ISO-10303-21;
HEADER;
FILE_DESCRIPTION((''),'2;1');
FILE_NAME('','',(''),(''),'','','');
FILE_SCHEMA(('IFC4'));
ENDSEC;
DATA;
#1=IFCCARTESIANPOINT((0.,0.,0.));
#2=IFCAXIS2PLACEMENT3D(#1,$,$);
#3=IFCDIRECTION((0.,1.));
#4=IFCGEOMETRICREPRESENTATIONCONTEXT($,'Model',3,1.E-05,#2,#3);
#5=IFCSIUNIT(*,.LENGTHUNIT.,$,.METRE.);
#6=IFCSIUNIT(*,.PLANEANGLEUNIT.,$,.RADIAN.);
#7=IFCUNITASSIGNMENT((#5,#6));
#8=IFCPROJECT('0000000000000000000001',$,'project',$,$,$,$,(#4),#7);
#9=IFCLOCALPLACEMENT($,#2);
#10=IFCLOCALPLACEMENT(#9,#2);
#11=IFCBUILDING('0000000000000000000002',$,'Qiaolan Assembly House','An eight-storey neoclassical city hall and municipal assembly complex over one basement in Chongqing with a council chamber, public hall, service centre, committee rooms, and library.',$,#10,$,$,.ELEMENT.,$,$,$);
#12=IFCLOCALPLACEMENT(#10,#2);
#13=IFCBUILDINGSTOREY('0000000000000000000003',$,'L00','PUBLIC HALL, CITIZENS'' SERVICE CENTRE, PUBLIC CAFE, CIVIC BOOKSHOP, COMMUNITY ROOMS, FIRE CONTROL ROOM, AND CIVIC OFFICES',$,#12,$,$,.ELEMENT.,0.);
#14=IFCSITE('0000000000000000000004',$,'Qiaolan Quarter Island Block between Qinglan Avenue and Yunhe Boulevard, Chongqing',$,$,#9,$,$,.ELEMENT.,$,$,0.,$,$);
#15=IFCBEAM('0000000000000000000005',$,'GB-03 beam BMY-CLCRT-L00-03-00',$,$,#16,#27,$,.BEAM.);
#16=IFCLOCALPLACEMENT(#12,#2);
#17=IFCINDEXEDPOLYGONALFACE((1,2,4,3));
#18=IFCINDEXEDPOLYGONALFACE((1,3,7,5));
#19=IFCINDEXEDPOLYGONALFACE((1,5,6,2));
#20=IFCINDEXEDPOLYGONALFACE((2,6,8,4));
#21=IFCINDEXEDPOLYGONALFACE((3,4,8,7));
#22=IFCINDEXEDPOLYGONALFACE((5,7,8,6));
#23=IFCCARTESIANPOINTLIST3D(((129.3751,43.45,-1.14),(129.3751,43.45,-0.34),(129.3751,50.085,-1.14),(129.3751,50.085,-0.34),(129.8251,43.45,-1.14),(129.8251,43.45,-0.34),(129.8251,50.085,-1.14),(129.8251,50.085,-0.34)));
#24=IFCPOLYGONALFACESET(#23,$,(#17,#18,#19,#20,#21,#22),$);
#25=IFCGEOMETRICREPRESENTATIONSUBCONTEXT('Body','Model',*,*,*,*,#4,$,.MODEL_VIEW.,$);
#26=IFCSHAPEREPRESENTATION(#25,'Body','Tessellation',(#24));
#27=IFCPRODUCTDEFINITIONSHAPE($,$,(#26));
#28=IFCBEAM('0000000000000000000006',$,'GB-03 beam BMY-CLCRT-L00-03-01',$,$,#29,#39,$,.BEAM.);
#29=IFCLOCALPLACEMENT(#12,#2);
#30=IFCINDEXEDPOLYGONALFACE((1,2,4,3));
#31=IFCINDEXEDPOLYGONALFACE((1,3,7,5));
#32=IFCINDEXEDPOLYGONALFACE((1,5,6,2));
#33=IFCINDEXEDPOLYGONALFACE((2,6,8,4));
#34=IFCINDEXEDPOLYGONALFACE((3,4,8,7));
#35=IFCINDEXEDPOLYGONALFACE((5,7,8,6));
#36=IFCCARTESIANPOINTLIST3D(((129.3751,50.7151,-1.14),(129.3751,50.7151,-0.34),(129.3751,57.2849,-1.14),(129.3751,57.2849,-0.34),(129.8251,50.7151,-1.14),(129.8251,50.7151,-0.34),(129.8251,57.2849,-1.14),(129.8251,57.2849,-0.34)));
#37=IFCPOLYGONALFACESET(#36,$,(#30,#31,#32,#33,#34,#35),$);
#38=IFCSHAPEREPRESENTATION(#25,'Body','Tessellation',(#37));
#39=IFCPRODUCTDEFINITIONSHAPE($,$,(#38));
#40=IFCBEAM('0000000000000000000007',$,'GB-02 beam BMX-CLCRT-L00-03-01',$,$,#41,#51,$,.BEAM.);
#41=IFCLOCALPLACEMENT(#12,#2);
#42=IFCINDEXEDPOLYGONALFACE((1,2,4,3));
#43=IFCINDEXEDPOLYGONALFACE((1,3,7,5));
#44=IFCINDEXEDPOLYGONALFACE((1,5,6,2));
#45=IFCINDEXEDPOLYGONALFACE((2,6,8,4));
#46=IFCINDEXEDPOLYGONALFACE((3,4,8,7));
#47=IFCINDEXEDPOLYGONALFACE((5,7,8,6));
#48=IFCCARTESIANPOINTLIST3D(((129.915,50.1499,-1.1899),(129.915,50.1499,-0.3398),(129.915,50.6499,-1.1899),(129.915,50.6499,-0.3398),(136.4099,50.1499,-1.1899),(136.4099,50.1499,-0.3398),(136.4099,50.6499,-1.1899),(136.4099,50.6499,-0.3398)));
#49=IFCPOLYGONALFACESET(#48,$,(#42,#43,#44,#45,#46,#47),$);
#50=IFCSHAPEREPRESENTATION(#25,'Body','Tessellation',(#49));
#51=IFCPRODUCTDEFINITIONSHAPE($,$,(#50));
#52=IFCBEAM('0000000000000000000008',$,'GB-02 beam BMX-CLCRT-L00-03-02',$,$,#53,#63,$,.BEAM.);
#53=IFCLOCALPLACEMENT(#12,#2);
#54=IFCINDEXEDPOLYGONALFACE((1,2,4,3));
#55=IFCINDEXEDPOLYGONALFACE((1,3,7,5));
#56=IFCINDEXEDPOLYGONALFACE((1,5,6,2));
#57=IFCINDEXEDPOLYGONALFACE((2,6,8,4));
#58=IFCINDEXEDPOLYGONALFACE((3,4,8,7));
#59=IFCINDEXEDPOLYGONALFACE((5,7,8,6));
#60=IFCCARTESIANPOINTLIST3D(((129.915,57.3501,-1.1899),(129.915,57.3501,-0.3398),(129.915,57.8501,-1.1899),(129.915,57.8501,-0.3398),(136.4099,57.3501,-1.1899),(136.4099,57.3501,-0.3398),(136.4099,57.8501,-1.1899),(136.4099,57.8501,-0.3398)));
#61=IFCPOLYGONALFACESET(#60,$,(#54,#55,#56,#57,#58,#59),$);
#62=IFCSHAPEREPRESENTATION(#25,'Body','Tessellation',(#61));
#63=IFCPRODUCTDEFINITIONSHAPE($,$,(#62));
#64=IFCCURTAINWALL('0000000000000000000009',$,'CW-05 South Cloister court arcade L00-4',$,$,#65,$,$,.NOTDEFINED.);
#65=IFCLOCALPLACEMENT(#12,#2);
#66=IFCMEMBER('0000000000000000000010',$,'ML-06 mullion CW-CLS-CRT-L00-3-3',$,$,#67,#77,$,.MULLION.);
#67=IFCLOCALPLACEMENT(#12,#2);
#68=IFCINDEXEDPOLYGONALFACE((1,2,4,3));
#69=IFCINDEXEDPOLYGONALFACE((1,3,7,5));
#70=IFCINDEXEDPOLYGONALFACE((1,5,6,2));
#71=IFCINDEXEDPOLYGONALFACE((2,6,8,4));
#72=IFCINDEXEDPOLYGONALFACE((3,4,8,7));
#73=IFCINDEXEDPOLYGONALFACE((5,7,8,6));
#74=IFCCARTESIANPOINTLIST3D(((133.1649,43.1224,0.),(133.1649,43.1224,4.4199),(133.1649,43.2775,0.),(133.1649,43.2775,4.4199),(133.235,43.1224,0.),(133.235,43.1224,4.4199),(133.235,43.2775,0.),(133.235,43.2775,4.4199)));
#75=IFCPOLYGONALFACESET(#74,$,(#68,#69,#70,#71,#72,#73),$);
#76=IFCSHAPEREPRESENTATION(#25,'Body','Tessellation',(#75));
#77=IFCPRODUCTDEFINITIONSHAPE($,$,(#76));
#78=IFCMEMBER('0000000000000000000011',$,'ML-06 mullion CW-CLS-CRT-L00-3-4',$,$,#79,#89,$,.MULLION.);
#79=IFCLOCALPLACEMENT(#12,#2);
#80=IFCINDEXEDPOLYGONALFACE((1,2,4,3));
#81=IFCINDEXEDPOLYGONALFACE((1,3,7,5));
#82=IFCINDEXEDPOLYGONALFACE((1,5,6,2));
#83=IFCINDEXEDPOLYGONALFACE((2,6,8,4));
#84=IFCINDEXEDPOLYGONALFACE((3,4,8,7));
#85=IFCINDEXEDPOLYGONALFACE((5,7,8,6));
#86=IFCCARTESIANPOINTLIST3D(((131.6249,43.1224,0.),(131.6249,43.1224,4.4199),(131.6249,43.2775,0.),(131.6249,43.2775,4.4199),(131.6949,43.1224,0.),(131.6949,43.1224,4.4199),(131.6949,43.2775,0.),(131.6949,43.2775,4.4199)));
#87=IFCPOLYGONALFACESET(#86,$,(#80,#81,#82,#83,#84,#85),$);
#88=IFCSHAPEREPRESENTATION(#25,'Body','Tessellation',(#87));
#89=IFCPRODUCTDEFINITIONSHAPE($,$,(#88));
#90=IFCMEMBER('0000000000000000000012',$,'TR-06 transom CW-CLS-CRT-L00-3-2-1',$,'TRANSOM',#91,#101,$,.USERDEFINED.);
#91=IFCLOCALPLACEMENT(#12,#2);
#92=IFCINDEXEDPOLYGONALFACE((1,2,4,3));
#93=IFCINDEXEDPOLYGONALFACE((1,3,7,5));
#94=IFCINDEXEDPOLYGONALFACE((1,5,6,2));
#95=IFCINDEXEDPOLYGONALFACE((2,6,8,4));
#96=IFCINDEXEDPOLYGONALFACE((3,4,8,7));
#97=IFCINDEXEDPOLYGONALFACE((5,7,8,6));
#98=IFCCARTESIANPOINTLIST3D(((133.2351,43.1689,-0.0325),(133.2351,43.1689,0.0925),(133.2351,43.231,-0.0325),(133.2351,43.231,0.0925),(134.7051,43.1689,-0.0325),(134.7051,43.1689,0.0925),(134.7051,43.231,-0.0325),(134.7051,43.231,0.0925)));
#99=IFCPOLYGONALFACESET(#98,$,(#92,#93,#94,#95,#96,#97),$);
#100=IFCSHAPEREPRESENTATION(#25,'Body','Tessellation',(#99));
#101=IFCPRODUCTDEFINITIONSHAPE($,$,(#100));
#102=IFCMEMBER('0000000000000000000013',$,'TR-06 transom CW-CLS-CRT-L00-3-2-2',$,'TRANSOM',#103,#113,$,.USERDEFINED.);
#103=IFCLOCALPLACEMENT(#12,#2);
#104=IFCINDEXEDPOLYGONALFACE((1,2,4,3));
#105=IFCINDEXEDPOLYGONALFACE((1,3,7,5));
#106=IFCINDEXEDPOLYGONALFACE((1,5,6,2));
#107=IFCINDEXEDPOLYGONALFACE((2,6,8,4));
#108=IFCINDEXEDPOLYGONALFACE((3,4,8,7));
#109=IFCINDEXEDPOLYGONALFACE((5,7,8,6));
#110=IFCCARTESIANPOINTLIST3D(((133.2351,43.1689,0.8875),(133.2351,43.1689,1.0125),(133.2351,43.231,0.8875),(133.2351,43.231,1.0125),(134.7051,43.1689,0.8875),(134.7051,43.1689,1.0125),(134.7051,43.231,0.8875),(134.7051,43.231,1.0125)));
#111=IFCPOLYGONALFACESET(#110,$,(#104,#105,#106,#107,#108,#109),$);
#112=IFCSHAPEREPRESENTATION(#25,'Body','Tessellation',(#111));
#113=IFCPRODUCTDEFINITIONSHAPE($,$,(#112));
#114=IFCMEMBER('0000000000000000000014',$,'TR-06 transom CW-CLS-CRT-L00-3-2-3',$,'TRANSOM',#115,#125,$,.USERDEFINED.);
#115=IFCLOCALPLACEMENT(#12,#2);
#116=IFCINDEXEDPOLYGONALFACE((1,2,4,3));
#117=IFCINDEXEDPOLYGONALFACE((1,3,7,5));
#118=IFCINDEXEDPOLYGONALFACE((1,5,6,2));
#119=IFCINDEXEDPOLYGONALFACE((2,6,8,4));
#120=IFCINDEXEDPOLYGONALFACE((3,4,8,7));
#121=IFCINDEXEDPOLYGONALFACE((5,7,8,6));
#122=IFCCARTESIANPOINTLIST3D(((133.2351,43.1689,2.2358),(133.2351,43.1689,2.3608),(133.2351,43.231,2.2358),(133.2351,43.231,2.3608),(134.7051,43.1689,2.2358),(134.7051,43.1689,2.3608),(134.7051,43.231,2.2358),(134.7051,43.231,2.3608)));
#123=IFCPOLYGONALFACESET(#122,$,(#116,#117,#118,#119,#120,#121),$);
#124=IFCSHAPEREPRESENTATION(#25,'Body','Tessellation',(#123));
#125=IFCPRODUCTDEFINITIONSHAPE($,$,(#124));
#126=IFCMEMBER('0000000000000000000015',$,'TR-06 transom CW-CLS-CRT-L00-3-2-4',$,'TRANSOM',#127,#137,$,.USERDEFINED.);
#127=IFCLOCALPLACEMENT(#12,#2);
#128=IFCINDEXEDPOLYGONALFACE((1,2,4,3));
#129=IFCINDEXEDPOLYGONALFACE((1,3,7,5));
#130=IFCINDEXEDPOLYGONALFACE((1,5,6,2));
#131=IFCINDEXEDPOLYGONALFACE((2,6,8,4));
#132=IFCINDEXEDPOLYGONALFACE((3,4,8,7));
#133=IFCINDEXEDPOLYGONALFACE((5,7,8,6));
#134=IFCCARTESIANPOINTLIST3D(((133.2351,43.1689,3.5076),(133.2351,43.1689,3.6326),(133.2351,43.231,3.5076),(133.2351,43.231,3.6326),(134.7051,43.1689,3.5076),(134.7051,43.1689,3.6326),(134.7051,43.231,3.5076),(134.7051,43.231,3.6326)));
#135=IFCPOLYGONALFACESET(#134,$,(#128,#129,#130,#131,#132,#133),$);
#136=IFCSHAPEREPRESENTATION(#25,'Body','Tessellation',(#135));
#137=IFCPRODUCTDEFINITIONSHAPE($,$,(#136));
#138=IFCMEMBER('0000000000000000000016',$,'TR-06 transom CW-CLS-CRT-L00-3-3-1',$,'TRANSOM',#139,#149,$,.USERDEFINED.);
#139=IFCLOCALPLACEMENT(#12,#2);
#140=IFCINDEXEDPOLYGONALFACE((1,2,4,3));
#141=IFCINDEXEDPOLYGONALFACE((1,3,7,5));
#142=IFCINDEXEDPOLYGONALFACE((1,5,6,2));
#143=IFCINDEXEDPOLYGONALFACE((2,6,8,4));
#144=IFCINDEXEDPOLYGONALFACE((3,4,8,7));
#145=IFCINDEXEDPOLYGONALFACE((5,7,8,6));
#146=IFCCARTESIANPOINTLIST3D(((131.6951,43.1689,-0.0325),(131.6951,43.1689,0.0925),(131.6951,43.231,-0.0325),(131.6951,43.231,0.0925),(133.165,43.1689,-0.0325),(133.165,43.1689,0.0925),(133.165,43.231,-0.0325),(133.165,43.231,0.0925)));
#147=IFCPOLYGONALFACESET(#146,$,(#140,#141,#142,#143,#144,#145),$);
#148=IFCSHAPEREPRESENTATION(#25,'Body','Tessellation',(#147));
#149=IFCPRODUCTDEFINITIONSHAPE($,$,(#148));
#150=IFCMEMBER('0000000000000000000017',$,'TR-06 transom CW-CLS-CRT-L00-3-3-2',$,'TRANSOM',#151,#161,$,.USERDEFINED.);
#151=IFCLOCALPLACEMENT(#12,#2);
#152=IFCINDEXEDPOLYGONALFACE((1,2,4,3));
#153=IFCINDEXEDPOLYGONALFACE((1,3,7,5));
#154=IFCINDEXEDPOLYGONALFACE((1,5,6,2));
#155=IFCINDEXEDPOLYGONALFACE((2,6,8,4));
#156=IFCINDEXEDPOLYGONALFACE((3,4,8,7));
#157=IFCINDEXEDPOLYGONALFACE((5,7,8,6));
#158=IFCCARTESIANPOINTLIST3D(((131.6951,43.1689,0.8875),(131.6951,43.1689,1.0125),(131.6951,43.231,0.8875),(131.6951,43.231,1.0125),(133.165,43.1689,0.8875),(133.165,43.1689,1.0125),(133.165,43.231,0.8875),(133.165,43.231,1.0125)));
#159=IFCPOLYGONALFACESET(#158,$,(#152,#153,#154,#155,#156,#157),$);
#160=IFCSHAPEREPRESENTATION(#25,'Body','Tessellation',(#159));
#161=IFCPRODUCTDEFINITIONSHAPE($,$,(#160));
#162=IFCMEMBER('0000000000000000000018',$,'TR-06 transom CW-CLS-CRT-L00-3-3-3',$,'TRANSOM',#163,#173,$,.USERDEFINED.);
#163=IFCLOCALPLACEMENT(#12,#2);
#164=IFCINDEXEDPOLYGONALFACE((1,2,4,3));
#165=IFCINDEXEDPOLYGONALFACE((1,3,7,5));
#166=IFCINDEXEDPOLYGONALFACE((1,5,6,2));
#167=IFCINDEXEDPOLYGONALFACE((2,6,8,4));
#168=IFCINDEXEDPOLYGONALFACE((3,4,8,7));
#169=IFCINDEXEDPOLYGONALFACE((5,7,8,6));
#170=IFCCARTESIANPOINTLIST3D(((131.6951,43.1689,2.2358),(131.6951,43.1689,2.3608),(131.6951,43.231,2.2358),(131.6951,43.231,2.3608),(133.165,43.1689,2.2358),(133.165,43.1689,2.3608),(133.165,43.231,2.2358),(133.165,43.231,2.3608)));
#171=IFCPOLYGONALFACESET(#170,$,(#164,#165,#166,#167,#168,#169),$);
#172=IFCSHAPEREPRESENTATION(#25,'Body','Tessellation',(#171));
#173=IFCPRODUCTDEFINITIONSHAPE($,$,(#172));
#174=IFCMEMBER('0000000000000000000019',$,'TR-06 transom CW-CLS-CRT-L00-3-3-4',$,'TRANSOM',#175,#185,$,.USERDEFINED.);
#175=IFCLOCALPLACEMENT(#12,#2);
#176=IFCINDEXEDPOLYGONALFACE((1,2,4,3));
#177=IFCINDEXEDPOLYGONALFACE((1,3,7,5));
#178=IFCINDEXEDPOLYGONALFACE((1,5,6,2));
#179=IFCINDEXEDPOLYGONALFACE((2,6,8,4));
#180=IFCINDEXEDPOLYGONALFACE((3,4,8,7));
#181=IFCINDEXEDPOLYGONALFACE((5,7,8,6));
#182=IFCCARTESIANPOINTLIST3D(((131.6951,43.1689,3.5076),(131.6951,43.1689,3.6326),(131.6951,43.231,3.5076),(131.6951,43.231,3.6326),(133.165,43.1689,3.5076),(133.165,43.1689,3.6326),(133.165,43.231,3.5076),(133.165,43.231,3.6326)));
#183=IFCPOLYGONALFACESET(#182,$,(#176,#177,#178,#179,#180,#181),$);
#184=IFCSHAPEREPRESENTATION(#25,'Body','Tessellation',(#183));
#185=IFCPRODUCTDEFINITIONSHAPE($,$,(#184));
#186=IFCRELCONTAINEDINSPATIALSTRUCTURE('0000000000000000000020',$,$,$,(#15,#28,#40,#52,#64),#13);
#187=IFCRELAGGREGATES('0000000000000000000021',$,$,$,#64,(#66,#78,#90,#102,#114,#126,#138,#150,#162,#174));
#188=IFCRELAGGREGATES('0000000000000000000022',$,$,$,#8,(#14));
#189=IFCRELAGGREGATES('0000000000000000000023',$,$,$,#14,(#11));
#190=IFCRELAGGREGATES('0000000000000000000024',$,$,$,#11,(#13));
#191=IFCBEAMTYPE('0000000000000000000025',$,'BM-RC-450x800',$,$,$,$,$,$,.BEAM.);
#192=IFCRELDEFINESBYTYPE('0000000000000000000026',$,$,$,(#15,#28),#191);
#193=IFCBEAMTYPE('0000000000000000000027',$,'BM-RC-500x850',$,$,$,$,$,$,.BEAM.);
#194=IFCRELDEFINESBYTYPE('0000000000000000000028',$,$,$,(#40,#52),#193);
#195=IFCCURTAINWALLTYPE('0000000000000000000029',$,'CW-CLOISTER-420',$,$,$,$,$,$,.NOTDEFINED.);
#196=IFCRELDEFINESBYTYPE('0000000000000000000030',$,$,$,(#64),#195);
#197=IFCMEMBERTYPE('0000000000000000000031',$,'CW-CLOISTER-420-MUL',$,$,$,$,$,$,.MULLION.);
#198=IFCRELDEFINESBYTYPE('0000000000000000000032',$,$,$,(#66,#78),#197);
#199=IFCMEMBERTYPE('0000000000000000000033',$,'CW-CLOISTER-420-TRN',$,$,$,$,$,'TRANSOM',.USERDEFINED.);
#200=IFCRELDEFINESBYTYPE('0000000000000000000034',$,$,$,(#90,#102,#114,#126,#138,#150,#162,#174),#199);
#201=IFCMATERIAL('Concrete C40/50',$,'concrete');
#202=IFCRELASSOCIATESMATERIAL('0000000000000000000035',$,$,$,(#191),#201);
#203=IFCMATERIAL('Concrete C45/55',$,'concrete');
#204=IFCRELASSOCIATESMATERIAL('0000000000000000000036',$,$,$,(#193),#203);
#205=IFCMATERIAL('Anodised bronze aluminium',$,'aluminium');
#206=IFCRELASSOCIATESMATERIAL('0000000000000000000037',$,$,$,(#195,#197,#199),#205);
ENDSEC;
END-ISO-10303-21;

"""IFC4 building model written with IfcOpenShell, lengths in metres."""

from ifc_helpers import new_model, si_unit, direction, frame, origin, origin_2d, place, context, subcontext, project, spatial, rectangle, extrude, material, material_profile, profile_set, type_object, element, aggregate, save


model = new_model("IFC4")

# Units and contexts
model_context = context("Model", 3, precision=1e-05, world=origin(), true_north=direction((0.0, 1.0)))
body_context = subcontext(model_context, "Body", "Model", "MODEL_VIEW")
ifc_project = project(units=[si_unit("LENGTHUNIT", "METRE"), si_unit("PLANEANGLEUNIT", "RADIAN")], contexts=[model_context])

# Site, building, storey
site_placement = place(None, origin())
site = spatial("IfcSite", under=ifc_project, at=site_placement, Name="Qiaolan Quarter Island Block between Qinglan Avenue and Yunhe Boulevard, Chongqing", CompositionType="ELEMENT", RefElevation=0.0)
building_placement = place(site_placement, origin())
building = spatial("IfcBuilding", under=site, at=building_placement, Name="Qiaolan Assembly House", Description="An eight-storey neoclassical city hall and municipal assembly complex over one basement in Chongqing with a council chamber, public hall, service centre, committee rooms, and library.", CompositionType="ELEMENT")
storey_placement = place(building_placement, origin())
storey = spatial("IfcBuildingStorey", under=building, at=storey_placement, Name="L00", Description="PUBLIC HALL, CITIZENS' SERVICE CENTRE, PUBLIC CAFE, CIVIC BOOKSHOP, COMMUNITY ROOMS, FIRE CONTROL ROOM, AND CIVIC OFFICES", CompositionType="ELEMENT", Elevation=0.0)

# Beams
ifc_material_1 = material(Name="Concrete C40/50", Category="concrete")
ifc_material_profile_1 = material_profile(ifc_material_1, rectangle(XDim=0.45, YDim=0.8, at=origin_2d()), Name="RCB 450x800")
ifc_profile_set_1 = profile_set([ifc_material_profile_1], Name="Concrete C40/50")
beam_type_1 = type_object("IfcBeamType", Name="BM-RC-450x800", PredefinedType="BEAM", material=ifc_profile_set_1)
beam_1_placement = place(storey_placement, frame((129.6001, 43.45, -0.74), z_axis=(0.0, 1.0, 0.0), x_axis=(-1.0, 0.0, 0.0)))
element("IfcBeam", 1, at=beam_1_placement, inside=storey, type_object=beam_type_1, Name="GB-03 beam BMY-CLCRT-L00-03-00", PredefinedType="BEAM", context=body_context, shape_type="SweptSolid", body=[
    extrude(rectangle(XDim=0.45, YDim=0.8, at=origin_2d()), origin(), (0.0, 0.0, 1.0), 6.635),
])
beam_2_placement = place(storey_placement, frame((129.6001, 50.7151, -0.74), z_axis=(0.0, 1.0, 0.0), x_axis=(-1.0, 0.0, 0.0)))
element("IfcBeam", 2, at=beam_2_placement, inside=storey, type_object=beam_type_1, Name="GB-03 beam BMY-CLCRT-L00-03-01", PredefinedType="BEAM", context=body_context, shape_type="SweptSolid", body=[
    extrude(rectangle(XDim=0.45, YDim=0.8, at=origin_2d()), origin(), (0.0, 0.0, 1.0), 6.5698),
])
ifc_material_2 = material(Name="Concrete C45/55", Category="concrete")
ifc_material_profile_2 = material_profile(ifc_material_2, rectangle(XDim=0.5, YDim=0.8501, at=origin_2d()), Name="RCB 500x850")
ifc_profile_set_2 = profile_set([ifc_material_profile_2], Name="Concrete C45/55")
beam_type_2 = type_object("IfcBeamType", Name="BM-RC-500x850", PredefinedType="BEAM", material=ifc_profile_set_2)
for number, where, z_axis, x_axis, name in (
    (3, (129.915, 50.3999, -0.7649), (1.0, 0.0, 0.0), (0.0, 1.0, 0.0), "GB-02 beam BMX-CLCRT-L00-03-01"),
    (4, (129.915, 57.6001, -0.7649), (1.0, 0.0, 0.0), (0.0, 1.0, 0.0), "GB-02 beam BMX-CLCRT-L00-03-02"),
):
    element("IfcBeam", number, at=place(storey_placement, frame(where, z_axis=z_axis, x_axis=x_axis)), inside=storey, type_object=beam_type_2, Name=name, PredefinedType="BEAM", context=body_context, shape_type="SweptSolid", body=[
        extrude(rectangle(XDim=0.5, YDim=0.8501, at=origin_2d()), origin(), (0.0, 0.0, 1.0), 6.4949),
    ])

# Curtain wall, members
ifc_material_3 = material(Name="Anodised bronze aluminium", Category="aluminium")
curtain_wall_type = type_object("IfcCurtainWallType", Name="CW-CLOISTER-420", PredefinedType="NOTDEFINED", material=ifc_material_3)
curtain_wall_placement = place(storey_placement, origin())
curtain_wall = element("IfcCurtainWall", 5, at=curtain_wall_placement, inside=storey, type_object=curtain_wall_type, Name="CW-05 South Cloister court arcade L00-4", PredefinedType="NOTDEFINED")
ifc_material_profile_3 = material_profile(ifc_material_3, rectangle(XDim=0.0701, YDim=0.155, at=origin_2d()), Name="MUL 70x155")
ifc_profile_set_3 = profile_set([ifc_material_profile_3], Name="Anodised bronze aluminium")
member_type_1 = type_object("IfcMemberType", Name="CW-CLOISTER-420-MUL", PredefinedType="MULLION", material=ifc_profile_set_3)
member_1_placement = place(storey_placement, frame((133.2, 43.2, 0.0), z_axis=(0.0, 0.0, 1.0), x_axis=(-1.0, 0.0, 0.0)))
member_1 = element("IfcMember", 6, at=member_1_placement, type_object=member_type_1, Name="ML-06 mullion CW-CLS-CRT-L00-3-3", PredefinedType="MULLION", context=body_context, shape_type="SweptSolid", body=[
    extrude(rectangle(XDim=0.0701, YDim=0.155, at=origin_2d()), origin(), (0.0, 0.0, 1.0), 4.4199),
])
member_2_placement = place(storey_placement, frame((131.6599, 43.2, 0.0), z_axis=(0.0, 0.0, 1.0), x_axis=(-1.0, 0.0, 0.0)))
member_2 = element("IfcMember", 7, at=member_2_placement, type_object=member_type_1, Name="ML-06 mullion CW-CLS-CRT-L00-3-4", PredefinedType="MULLION", context=body_context, shape_type="SweptSolid", body=[
    extrude(rectangle(XDim=0.0701, YDim=0.155, at=origin_2d()), origin(), (0.0, 0.0, 1.0), 4.4199),
])
ifc_material_profile_4 = material_profile(ifc_material_3, rectangle(XDim=0.062, YDim=0.125, at=origin_2d()), Name="TRN 62x125")
ifc_profile_set_4 = profile_set([ifc_material_profile_4], Name="Anodised bronze aluminium")
member_type_2 = type_object("IfcMemberType", Name="CW-CLOISTER-420-TRN", ElementType="TRANSOM", PredefinedType="USERDEFINED", material=ifc_profile_set_4)
member_3_placement = place(storey_placement, frame((134.7051, 43.2, 0.03), z_axis=(-1.0, 0.0, 0.0), x_axis=(0.0, -1.0, 0.0)))
member_3 = element("IfcMember", 8, at=member_3_placement, type_object=member_type_2, Name="TR-06 transom CW-CLS-CRT-L00-3-2-1", ObjectType="TRANSOM", PredefinedType="USERDEFINED", context=body_context, shape_type="SweptSolid", body=[
    extrude(rectangle(XDim=0.062, YDim=0.125, at=origin_2d()), origin(), (0.0, 0.0, 1.0), 1.47),
])
member_4_placement = place(storey_placement, frame((134.7051, 43.2, 0.95), z_axis=(-1.0, 0.0, 0.0), x_axis=(0.0, -1.0, 0.0)))
member_4 = element("IfcMember", 9, at=member_4_placement, type_object=member_type_2, Name="TR-06 transom CW-CLS-CRT-L00-3-2-2", ObjectType="TRANSOM", PredefinedType="USERDEFINED", context=body_context, shape_type="SweptSolid", body=[
    extrude(rectangle(XDim=0.062, YDim=0.125, at=origin_2d()), origin(), (0.0, 0.0, 1.0), 1.47),
])
member_5_placement = place(storey_placement, frame((134.7051, 43.2, 2.2983), z_axis=(-1.0, 0.0, 0.0), x_axis=(0.0, -1.0, 0.0)))
member_5 = element("IfcMember", 10, at=member_5_placement, type_object=member_type_2, Name="TR-06 transom CW-CLS-CRT-L00-3-2-3", ObjectType="TRANSOM", PredefinedType="USERDEFINED", context=body_context, shape_type="SweptSolid", body=[
    extrude(rectangle(XDim=0.062, YDim=0.125, at=origin_2d()), origin(), (0.0, 0.0, 1.0), 1.47),
])
member_6_placement = place(storey_placement, frame((134.7051, 43.2, 3.5701), z_axis=(-1.0, 0.0, 0.0), x_axis=(0.0, -1.0, 0.0)))
member_6 = element("IfcMember", 11, at=member_6_placement, type_object=member_type_2, Name="TR-06 transom CW-CLS-CRT-L00-3-2-4", ObjectType="TRANSOM", PredefinedType="USERDEFINED", context=body_context, shape_type="SweptSolid", body=[
    extrude(rectangle(XDim=0.062, YDim=0.125, at=origin_2d()), origin(), (0.0, 0.0, 1.0), 1.47),
])
member_7_placement = place(storey_placement, frame((133.165, 43.2, 0.03), z_axis=(-1.0, 0.0, 0.0), x_axis=(0.0, -1.0, 0.0)))
member_7 = element("IfcMember", 12, at=member_7_placement, type_object=member_type_2, Name="TR-06 transom CW-CLS-CRT-L00-3-3-1", ObjectType="TRANSOM", PredefinedType="USERDEFINED", context=body_context, shape_type="SweptSolid", body=[
    extrude(rectangle(XDim=0.062, YDim=0.125, at=origin_2d()), origin(), (0.0, 0.0, 1.0), 1.47),
])
member_8_placement = place(storey_placement, frame((133.165, 43.2, 0.95), z_axis=(-1.0, 0.0, 0.0), x_axis=(0.0, -1.0, 0.0)))
member_8 = element("IfcMember", 13, at=member_8_placement, type_object=member_type_2, Name="TR-06 transom CW-CLS-CRT-L00-3-3-2", ObjectType="TRANSOM", PredefinedType="USERDEFINED", context=body_context, shape_type="SweptSolid", body=[
    extrude(rectangle(XDim=0.062, YDim=0.125, at=origin_2d()), origin(), (0.0, 0.0, 1.0), 1.47),
])
member_9_placement = place(storey_placement, frame((133.165, 43.2, 2.2983), z_axis=(-1.0, 0.0, 0.0), x_axis=(0.0, -1.0, 0.0)))
member_9 = element("IfcMember", 14, at=member_9_placement, type_object=member_type_2, Name="TR-06 transom CW-CLS-CRT-L00-3-3-3", ObjectType="TRANSOM", PredefinedType="USERDEFINED", context=body_context, shape_type="SweptSolid", body=[
    extrude(rectangle(XDim=0.062, YDim=0.125, at=origin_2d()), origin(), (0.0, 0.0, 1.0), 1.47),
])
member_10_placement = place(storey_placement, frame((133.165, 43.2, 3.5701), z_axis=(-1.0, 0.0, 0.0), x_axis=(0.0, -1.0, 0.0)))
member_10 = element("IfcMember", 15, at=member_10_placement, type_object=member_type_2, Name="TR-06 transom CW-CLS-CRT-L00-3-3-4", ObjectType="TRANSOM", PredefinedType="USERDEFINED", context=body_context, shape_type="SweptSolid", body=[
    extrude(rectangle(XDim=0.062, YDim=0.125, at=origin_2d()), origin(), (0.0, 0.0, 1.0), 1.47),
])

aggregate(curtain_wall, [member_1, member_2, member_3, member_4, member_5, member_6, member_7, member_8, member_9, member_10])

save(model, "model.ifc")
